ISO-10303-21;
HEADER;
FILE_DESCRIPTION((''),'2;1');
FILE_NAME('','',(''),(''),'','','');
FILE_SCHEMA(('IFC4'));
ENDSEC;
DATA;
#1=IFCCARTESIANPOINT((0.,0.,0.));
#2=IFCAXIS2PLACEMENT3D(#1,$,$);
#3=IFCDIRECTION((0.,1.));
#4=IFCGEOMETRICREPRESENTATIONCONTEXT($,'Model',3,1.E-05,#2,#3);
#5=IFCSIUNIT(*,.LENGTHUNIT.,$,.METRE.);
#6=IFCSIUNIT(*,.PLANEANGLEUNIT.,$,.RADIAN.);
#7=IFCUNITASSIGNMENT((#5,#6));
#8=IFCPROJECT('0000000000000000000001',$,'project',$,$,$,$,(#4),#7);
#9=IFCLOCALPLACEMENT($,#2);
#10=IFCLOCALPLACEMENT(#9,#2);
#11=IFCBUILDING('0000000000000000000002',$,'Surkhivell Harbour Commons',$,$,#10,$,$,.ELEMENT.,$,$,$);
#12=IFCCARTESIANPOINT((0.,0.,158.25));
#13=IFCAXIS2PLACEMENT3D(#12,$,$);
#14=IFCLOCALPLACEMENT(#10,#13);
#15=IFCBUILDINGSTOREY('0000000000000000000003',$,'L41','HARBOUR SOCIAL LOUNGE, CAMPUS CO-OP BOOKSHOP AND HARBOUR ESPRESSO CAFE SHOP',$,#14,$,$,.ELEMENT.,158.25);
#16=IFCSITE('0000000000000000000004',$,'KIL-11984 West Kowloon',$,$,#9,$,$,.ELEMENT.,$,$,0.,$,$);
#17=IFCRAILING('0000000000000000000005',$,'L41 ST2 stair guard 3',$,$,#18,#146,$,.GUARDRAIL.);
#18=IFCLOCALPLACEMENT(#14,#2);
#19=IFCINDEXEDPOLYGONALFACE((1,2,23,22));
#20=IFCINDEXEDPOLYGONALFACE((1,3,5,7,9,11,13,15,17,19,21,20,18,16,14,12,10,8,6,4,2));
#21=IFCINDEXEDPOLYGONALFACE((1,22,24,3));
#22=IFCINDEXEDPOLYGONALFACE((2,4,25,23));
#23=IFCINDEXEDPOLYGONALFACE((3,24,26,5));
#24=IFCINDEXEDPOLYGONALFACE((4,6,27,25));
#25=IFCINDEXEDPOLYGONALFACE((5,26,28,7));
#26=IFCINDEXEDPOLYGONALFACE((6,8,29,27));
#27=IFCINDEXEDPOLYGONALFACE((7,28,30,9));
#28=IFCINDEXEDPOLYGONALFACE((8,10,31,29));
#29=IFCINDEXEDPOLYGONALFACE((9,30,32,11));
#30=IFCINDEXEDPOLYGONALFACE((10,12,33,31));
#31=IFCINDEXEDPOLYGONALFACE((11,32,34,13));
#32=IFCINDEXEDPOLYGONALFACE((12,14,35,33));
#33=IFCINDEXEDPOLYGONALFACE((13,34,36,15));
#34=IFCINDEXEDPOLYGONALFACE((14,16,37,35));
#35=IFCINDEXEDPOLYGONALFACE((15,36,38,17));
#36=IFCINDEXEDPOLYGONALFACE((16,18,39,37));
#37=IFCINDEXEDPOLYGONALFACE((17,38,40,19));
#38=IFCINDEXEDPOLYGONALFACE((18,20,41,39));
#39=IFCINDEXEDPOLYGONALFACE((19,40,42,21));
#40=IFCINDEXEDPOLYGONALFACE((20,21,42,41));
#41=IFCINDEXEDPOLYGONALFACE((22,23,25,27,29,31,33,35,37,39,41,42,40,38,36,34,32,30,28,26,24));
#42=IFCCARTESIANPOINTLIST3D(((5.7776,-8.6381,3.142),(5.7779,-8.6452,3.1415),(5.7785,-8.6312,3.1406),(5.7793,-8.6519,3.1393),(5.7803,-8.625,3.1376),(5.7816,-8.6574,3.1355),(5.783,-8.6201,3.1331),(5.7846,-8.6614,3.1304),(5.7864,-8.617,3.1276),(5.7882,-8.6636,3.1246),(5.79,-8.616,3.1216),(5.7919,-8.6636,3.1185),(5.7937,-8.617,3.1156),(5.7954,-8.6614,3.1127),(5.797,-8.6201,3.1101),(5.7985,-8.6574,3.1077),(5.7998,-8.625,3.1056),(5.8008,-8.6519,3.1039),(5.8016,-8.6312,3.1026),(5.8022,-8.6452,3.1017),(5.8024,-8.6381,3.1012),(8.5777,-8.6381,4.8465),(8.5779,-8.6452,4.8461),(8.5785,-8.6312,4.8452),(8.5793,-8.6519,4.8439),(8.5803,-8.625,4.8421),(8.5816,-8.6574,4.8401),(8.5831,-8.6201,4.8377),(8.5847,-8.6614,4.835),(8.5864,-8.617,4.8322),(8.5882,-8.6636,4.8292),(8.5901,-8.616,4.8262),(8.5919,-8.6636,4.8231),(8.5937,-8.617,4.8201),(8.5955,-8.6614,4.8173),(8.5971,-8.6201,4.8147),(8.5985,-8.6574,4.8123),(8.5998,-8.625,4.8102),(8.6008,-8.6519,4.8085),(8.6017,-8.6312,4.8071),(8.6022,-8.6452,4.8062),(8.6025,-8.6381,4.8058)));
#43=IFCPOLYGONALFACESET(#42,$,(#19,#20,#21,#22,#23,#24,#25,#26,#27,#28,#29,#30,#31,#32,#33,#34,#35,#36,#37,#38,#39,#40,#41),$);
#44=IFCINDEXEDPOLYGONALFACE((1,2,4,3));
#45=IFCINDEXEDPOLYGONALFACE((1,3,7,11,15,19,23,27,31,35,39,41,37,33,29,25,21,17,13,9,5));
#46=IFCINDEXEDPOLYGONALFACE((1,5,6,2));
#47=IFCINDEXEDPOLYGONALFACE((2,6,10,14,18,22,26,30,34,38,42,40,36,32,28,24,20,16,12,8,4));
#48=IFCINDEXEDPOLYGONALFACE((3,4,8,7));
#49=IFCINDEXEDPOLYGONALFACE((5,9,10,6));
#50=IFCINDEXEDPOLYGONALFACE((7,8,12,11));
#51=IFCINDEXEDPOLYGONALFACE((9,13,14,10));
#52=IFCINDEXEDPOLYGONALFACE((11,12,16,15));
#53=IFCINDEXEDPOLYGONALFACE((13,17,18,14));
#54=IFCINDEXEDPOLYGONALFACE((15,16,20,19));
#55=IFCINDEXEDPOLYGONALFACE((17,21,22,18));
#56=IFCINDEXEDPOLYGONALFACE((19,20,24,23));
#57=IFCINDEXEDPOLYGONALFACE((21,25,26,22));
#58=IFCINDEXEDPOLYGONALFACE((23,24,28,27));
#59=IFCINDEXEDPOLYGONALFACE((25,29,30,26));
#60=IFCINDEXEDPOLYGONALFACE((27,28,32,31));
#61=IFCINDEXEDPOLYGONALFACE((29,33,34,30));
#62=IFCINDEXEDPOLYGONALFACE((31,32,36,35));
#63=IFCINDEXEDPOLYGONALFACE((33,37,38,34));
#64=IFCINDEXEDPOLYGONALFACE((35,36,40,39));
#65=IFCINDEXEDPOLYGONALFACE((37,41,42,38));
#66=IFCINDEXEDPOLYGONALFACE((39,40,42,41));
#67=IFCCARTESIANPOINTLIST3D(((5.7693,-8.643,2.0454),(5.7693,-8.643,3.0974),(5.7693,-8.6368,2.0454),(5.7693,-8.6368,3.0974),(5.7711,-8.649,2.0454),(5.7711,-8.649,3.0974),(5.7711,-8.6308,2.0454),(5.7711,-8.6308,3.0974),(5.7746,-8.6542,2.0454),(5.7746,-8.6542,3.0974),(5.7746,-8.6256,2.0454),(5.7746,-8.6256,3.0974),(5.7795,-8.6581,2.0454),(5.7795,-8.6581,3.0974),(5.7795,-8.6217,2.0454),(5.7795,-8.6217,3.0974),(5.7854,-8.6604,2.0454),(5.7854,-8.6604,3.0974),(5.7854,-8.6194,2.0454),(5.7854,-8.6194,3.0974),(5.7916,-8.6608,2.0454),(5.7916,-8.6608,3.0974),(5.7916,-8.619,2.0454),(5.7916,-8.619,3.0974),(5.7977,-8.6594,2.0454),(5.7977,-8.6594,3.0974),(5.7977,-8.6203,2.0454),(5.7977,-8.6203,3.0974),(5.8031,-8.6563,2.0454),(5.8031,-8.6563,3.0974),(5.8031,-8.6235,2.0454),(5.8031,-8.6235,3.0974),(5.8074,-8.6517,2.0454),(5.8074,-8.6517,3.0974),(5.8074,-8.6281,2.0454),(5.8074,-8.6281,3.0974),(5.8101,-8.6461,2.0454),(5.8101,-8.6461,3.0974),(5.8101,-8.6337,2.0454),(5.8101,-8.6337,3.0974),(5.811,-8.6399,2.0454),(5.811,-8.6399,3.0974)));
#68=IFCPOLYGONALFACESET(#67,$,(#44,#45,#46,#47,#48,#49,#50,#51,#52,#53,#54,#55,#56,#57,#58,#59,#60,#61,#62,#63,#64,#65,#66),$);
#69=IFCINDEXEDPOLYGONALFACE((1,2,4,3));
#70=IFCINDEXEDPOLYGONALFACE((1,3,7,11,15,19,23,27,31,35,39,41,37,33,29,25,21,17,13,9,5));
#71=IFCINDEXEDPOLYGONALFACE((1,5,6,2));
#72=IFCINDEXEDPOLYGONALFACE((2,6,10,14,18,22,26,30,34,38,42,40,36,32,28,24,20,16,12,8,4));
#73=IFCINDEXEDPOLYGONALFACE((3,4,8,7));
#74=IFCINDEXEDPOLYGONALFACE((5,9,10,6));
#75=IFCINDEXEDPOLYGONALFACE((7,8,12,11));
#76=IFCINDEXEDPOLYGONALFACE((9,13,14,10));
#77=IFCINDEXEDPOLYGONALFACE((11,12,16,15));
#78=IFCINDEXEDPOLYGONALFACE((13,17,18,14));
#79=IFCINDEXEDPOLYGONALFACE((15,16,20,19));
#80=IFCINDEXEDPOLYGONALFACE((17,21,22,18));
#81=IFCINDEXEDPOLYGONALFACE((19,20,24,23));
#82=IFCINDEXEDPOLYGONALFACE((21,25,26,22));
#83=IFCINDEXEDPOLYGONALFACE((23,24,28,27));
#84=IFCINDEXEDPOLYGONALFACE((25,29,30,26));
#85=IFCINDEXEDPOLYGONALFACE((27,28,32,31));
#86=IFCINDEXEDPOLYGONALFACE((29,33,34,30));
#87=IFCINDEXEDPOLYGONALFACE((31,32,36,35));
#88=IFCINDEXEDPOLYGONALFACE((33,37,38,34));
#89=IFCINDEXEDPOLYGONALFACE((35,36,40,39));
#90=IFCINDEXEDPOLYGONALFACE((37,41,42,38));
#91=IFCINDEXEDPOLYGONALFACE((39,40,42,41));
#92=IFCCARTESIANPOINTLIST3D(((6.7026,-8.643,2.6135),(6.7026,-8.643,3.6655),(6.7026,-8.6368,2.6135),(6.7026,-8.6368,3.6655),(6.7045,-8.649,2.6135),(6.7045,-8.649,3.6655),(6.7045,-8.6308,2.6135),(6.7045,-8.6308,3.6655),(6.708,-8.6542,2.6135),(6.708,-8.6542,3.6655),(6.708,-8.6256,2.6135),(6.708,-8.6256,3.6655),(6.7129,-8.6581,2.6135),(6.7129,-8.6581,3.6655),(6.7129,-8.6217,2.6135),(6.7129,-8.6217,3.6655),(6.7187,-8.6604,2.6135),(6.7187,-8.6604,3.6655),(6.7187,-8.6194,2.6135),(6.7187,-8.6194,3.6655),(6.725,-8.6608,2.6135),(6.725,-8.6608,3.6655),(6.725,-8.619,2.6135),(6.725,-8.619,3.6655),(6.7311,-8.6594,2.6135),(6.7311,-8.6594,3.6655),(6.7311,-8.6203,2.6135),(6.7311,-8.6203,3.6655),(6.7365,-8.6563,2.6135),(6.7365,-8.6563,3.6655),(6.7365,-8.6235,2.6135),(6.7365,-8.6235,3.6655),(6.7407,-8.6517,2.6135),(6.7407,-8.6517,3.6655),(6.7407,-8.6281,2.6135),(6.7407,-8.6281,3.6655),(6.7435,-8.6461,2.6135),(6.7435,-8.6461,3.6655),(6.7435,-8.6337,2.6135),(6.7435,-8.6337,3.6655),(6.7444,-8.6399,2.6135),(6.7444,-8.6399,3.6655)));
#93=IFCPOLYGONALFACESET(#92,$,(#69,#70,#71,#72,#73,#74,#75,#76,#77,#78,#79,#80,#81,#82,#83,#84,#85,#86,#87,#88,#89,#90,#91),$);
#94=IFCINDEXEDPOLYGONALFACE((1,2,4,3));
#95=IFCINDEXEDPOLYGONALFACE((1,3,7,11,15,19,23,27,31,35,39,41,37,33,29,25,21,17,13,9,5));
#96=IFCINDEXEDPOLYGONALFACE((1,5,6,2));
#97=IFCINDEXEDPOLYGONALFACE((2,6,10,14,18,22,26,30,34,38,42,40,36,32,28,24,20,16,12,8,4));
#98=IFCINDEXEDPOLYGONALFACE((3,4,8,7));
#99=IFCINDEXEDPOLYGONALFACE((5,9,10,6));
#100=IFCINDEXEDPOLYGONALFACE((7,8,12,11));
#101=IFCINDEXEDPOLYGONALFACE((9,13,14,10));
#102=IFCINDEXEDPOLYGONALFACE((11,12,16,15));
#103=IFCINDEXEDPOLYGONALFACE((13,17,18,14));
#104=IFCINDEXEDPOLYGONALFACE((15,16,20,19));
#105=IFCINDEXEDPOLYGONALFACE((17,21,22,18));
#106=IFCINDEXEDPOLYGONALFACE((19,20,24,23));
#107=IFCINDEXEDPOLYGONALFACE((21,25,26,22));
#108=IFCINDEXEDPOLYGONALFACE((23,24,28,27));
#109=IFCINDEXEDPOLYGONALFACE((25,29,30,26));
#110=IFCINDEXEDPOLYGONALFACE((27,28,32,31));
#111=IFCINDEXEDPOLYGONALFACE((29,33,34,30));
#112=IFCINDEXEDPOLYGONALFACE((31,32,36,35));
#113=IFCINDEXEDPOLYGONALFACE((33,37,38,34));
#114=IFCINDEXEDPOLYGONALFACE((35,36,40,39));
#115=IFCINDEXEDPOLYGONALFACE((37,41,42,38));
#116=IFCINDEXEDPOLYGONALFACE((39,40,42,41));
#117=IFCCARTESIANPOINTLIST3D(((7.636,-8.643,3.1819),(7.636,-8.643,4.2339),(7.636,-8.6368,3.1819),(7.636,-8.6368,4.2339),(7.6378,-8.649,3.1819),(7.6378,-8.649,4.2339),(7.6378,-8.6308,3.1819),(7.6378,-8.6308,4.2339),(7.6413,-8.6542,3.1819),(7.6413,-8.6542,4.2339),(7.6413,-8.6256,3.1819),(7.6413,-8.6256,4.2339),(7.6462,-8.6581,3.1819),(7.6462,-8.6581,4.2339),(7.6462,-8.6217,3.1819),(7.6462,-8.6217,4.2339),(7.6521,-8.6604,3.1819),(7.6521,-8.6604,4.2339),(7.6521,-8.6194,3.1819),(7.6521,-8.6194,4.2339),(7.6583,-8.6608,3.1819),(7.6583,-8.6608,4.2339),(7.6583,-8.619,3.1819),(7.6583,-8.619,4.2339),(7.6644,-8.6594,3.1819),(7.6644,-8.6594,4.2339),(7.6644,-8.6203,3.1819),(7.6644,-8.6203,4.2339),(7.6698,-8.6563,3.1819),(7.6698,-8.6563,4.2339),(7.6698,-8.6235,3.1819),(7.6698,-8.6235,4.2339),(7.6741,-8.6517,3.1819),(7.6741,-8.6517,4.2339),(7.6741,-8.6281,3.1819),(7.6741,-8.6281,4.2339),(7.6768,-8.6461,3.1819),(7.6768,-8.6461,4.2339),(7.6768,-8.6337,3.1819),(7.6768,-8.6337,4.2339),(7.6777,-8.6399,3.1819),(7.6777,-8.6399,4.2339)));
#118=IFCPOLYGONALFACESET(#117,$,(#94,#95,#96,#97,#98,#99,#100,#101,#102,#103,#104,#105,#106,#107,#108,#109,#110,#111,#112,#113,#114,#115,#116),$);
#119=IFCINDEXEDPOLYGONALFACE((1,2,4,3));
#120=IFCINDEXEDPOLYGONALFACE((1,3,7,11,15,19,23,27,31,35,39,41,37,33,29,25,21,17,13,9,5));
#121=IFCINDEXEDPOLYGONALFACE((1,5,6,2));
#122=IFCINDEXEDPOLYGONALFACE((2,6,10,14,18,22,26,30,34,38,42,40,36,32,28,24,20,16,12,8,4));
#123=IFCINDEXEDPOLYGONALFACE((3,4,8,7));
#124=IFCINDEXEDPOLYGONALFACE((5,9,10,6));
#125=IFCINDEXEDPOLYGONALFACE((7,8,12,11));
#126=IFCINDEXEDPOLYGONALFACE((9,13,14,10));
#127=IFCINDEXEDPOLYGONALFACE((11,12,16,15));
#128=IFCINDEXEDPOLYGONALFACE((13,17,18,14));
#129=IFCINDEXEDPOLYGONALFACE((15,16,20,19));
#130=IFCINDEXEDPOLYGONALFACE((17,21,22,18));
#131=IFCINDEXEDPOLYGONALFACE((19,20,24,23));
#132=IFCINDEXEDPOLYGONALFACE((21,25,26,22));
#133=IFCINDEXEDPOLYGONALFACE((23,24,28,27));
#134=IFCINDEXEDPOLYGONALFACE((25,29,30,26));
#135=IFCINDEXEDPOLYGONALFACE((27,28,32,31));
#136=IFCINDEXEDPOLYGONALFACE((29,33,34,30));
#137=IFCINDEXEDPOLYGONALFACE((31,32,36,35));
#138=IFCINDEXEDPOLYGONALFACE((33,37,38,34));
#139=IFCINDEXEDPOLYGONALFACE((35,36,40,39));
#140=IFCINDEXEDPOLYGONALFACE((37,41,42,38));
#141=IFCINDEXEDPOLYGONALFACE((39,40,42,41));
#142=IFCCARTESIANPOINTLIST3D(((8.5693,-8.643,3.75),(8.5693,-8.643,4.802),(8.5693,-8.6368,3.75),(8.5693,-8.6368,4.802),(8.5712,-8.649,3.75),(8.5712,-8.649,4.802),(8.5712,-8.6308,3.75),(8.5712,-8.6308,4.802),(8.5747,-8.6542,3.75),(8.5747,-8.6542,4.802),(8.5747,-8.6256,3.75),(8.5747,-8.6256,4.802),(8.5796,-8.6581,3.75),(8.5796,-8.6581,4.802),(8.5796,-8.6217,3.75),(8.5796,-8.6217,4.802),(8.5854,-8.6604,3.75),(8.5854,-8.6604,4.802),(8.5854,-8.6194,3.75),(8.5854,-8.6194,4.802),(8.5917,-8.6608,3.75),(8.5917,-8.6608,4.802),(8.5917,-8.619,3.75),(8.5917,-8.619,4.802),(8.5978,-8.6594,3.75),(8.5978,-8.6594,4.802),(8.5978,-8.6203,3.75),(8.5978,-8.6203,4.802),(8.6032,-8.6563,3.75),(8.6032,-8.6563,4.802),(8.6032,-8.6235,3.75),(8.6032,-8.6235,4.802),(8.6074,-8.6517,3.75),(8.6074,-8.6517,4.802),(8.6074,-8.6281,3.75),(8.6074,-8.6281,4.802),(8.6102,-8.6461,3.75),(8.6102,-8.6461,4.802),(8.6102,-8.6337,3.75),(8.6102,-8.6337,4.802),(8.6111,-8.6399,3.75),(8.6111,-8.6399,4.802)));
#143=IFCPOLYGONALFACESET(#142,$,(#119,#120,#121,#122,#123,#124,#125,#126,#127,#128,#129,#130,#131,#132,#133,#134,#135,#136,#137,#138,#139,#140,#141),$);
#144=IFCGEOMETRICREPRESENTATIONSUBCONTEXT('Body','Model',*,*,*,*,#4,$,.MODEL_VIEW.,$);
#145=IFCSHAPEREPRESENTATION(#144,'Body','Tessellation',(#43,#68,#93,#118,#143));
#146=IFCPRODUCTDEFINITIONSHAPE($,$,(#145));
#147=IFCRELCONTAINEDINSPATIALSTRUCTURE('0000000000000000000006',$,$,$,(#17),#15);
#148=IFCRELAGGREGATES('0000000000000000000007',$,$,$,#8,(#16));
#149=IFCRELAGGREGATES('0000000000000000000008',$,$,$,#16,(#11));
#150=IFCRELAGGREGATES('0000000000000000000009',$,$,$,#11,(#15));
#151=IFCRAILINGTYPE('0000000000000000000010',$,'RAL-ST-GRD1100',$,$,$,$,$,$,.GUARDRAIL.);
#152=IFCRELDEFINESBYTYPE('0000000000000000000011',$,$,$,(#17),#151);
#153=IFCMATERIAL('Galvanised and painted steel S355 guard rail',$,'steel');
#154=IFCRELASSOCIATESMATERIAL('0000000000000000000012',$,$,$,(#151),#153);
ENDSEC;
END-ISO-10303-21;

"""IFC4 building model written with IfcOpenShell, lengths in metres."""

from ifc_helpers import new_model, si_unit, direction, frame, origin, origin_2d, place, context, subcontext, project, spatial, circle, extrude, material, type_object, element, save


model = new_model("IFC4")

# Units and contexts
model_context = context("Model", 3, precision=1e-05, world=origin(), true_north=direction((0.0, 1.0)))
body_context = subcontext(model_context, "Body", "Model", "MODEL_VIEW")
ifc_project = project(units=[si_unit("LENGTHUNIT", "METRE"), si_unit("PLANEANGLEUNIT", "RADIAN")], contexts=[model_context])

# Site, building, storey
site_placement = place(None, origin())
site = spatial("IfcSite", under=ifc_project, at=site_placement, Name="KIL-11984 West Kowloon", CompositionType="ELEMENT", RefElevation=0.0)
building_placement = place(site_placement, origin())
building = spatial("IfcBuilding", under=site, at=building_placement, Name="Surkhivell Harbour Commons", CompositionType="ELEMENT")
storey_placement = place(building_placement, frame((0.0, 0.0, 158.25)))
storey = spatial("IfcBuildingStorey", under=building, at=storey_placement, Name="L41", Description="HARBOUR SOCIAL LOUNGE, CAMPUS CO-OP BOOKSHOP AND HARBOUR ESPRESSO CAFE SHOP", CompositionType="ELEMENT", Elevation=158.25)

# Railing
ifc_material_1 = material(Name="Galvanised and painted steel S355 guard rail", Category="steel")
railing_type_1 = type_object("IfcRailingType", Name="RAL-ST-GRD1100", PredefinedType="GUARDRAIL", material=ifc_material_1)
railing_1_placement = place(storey_placement, frame((5.79, -8.6399, 2.0454)))
element("IfcRailing", 1, at=railing_1_placement, inside=storey, type_object=railing_type_1, Name="L41 ST2 stair guard 3", PredefinedType="GUARDRAIL", context=body_context, shape_type="SweptSolid", body=[
    extrude(circle(Radius=0.0239, at=origin_2d()), frame((0.0, 0.0, 1.0762), z_axis=(0.85417, 0.0, 0.519994), x_axis=(0.0, 1.0, 0.0)), (0.0, 0.0, 1.0), 3.2781),
    extrude(circle(Radius=0.021, at=origin_2d()), origin(), (0.0, 0.0, 1.0), 1.052),
    extrude(circle(Radius=0.021, at=origin_2d()), frame((0.9333, 0.0, 0.5681)), (0.0, 0.0, 1.0), 1.052),
    extrude(circle(Radius=0.021, at=origin_2d()), frame((1.8667, 0.0, 1.1365)), (0.0, 0.0, 1.0), 1.052),
    extrude(circle(Radius=0.021, at=origin_2d()), frame((2.8, 0.0, 1.7046)), (0.0, 0.0, 1.0), 1.052),
])

save(model, "model.ifc")
